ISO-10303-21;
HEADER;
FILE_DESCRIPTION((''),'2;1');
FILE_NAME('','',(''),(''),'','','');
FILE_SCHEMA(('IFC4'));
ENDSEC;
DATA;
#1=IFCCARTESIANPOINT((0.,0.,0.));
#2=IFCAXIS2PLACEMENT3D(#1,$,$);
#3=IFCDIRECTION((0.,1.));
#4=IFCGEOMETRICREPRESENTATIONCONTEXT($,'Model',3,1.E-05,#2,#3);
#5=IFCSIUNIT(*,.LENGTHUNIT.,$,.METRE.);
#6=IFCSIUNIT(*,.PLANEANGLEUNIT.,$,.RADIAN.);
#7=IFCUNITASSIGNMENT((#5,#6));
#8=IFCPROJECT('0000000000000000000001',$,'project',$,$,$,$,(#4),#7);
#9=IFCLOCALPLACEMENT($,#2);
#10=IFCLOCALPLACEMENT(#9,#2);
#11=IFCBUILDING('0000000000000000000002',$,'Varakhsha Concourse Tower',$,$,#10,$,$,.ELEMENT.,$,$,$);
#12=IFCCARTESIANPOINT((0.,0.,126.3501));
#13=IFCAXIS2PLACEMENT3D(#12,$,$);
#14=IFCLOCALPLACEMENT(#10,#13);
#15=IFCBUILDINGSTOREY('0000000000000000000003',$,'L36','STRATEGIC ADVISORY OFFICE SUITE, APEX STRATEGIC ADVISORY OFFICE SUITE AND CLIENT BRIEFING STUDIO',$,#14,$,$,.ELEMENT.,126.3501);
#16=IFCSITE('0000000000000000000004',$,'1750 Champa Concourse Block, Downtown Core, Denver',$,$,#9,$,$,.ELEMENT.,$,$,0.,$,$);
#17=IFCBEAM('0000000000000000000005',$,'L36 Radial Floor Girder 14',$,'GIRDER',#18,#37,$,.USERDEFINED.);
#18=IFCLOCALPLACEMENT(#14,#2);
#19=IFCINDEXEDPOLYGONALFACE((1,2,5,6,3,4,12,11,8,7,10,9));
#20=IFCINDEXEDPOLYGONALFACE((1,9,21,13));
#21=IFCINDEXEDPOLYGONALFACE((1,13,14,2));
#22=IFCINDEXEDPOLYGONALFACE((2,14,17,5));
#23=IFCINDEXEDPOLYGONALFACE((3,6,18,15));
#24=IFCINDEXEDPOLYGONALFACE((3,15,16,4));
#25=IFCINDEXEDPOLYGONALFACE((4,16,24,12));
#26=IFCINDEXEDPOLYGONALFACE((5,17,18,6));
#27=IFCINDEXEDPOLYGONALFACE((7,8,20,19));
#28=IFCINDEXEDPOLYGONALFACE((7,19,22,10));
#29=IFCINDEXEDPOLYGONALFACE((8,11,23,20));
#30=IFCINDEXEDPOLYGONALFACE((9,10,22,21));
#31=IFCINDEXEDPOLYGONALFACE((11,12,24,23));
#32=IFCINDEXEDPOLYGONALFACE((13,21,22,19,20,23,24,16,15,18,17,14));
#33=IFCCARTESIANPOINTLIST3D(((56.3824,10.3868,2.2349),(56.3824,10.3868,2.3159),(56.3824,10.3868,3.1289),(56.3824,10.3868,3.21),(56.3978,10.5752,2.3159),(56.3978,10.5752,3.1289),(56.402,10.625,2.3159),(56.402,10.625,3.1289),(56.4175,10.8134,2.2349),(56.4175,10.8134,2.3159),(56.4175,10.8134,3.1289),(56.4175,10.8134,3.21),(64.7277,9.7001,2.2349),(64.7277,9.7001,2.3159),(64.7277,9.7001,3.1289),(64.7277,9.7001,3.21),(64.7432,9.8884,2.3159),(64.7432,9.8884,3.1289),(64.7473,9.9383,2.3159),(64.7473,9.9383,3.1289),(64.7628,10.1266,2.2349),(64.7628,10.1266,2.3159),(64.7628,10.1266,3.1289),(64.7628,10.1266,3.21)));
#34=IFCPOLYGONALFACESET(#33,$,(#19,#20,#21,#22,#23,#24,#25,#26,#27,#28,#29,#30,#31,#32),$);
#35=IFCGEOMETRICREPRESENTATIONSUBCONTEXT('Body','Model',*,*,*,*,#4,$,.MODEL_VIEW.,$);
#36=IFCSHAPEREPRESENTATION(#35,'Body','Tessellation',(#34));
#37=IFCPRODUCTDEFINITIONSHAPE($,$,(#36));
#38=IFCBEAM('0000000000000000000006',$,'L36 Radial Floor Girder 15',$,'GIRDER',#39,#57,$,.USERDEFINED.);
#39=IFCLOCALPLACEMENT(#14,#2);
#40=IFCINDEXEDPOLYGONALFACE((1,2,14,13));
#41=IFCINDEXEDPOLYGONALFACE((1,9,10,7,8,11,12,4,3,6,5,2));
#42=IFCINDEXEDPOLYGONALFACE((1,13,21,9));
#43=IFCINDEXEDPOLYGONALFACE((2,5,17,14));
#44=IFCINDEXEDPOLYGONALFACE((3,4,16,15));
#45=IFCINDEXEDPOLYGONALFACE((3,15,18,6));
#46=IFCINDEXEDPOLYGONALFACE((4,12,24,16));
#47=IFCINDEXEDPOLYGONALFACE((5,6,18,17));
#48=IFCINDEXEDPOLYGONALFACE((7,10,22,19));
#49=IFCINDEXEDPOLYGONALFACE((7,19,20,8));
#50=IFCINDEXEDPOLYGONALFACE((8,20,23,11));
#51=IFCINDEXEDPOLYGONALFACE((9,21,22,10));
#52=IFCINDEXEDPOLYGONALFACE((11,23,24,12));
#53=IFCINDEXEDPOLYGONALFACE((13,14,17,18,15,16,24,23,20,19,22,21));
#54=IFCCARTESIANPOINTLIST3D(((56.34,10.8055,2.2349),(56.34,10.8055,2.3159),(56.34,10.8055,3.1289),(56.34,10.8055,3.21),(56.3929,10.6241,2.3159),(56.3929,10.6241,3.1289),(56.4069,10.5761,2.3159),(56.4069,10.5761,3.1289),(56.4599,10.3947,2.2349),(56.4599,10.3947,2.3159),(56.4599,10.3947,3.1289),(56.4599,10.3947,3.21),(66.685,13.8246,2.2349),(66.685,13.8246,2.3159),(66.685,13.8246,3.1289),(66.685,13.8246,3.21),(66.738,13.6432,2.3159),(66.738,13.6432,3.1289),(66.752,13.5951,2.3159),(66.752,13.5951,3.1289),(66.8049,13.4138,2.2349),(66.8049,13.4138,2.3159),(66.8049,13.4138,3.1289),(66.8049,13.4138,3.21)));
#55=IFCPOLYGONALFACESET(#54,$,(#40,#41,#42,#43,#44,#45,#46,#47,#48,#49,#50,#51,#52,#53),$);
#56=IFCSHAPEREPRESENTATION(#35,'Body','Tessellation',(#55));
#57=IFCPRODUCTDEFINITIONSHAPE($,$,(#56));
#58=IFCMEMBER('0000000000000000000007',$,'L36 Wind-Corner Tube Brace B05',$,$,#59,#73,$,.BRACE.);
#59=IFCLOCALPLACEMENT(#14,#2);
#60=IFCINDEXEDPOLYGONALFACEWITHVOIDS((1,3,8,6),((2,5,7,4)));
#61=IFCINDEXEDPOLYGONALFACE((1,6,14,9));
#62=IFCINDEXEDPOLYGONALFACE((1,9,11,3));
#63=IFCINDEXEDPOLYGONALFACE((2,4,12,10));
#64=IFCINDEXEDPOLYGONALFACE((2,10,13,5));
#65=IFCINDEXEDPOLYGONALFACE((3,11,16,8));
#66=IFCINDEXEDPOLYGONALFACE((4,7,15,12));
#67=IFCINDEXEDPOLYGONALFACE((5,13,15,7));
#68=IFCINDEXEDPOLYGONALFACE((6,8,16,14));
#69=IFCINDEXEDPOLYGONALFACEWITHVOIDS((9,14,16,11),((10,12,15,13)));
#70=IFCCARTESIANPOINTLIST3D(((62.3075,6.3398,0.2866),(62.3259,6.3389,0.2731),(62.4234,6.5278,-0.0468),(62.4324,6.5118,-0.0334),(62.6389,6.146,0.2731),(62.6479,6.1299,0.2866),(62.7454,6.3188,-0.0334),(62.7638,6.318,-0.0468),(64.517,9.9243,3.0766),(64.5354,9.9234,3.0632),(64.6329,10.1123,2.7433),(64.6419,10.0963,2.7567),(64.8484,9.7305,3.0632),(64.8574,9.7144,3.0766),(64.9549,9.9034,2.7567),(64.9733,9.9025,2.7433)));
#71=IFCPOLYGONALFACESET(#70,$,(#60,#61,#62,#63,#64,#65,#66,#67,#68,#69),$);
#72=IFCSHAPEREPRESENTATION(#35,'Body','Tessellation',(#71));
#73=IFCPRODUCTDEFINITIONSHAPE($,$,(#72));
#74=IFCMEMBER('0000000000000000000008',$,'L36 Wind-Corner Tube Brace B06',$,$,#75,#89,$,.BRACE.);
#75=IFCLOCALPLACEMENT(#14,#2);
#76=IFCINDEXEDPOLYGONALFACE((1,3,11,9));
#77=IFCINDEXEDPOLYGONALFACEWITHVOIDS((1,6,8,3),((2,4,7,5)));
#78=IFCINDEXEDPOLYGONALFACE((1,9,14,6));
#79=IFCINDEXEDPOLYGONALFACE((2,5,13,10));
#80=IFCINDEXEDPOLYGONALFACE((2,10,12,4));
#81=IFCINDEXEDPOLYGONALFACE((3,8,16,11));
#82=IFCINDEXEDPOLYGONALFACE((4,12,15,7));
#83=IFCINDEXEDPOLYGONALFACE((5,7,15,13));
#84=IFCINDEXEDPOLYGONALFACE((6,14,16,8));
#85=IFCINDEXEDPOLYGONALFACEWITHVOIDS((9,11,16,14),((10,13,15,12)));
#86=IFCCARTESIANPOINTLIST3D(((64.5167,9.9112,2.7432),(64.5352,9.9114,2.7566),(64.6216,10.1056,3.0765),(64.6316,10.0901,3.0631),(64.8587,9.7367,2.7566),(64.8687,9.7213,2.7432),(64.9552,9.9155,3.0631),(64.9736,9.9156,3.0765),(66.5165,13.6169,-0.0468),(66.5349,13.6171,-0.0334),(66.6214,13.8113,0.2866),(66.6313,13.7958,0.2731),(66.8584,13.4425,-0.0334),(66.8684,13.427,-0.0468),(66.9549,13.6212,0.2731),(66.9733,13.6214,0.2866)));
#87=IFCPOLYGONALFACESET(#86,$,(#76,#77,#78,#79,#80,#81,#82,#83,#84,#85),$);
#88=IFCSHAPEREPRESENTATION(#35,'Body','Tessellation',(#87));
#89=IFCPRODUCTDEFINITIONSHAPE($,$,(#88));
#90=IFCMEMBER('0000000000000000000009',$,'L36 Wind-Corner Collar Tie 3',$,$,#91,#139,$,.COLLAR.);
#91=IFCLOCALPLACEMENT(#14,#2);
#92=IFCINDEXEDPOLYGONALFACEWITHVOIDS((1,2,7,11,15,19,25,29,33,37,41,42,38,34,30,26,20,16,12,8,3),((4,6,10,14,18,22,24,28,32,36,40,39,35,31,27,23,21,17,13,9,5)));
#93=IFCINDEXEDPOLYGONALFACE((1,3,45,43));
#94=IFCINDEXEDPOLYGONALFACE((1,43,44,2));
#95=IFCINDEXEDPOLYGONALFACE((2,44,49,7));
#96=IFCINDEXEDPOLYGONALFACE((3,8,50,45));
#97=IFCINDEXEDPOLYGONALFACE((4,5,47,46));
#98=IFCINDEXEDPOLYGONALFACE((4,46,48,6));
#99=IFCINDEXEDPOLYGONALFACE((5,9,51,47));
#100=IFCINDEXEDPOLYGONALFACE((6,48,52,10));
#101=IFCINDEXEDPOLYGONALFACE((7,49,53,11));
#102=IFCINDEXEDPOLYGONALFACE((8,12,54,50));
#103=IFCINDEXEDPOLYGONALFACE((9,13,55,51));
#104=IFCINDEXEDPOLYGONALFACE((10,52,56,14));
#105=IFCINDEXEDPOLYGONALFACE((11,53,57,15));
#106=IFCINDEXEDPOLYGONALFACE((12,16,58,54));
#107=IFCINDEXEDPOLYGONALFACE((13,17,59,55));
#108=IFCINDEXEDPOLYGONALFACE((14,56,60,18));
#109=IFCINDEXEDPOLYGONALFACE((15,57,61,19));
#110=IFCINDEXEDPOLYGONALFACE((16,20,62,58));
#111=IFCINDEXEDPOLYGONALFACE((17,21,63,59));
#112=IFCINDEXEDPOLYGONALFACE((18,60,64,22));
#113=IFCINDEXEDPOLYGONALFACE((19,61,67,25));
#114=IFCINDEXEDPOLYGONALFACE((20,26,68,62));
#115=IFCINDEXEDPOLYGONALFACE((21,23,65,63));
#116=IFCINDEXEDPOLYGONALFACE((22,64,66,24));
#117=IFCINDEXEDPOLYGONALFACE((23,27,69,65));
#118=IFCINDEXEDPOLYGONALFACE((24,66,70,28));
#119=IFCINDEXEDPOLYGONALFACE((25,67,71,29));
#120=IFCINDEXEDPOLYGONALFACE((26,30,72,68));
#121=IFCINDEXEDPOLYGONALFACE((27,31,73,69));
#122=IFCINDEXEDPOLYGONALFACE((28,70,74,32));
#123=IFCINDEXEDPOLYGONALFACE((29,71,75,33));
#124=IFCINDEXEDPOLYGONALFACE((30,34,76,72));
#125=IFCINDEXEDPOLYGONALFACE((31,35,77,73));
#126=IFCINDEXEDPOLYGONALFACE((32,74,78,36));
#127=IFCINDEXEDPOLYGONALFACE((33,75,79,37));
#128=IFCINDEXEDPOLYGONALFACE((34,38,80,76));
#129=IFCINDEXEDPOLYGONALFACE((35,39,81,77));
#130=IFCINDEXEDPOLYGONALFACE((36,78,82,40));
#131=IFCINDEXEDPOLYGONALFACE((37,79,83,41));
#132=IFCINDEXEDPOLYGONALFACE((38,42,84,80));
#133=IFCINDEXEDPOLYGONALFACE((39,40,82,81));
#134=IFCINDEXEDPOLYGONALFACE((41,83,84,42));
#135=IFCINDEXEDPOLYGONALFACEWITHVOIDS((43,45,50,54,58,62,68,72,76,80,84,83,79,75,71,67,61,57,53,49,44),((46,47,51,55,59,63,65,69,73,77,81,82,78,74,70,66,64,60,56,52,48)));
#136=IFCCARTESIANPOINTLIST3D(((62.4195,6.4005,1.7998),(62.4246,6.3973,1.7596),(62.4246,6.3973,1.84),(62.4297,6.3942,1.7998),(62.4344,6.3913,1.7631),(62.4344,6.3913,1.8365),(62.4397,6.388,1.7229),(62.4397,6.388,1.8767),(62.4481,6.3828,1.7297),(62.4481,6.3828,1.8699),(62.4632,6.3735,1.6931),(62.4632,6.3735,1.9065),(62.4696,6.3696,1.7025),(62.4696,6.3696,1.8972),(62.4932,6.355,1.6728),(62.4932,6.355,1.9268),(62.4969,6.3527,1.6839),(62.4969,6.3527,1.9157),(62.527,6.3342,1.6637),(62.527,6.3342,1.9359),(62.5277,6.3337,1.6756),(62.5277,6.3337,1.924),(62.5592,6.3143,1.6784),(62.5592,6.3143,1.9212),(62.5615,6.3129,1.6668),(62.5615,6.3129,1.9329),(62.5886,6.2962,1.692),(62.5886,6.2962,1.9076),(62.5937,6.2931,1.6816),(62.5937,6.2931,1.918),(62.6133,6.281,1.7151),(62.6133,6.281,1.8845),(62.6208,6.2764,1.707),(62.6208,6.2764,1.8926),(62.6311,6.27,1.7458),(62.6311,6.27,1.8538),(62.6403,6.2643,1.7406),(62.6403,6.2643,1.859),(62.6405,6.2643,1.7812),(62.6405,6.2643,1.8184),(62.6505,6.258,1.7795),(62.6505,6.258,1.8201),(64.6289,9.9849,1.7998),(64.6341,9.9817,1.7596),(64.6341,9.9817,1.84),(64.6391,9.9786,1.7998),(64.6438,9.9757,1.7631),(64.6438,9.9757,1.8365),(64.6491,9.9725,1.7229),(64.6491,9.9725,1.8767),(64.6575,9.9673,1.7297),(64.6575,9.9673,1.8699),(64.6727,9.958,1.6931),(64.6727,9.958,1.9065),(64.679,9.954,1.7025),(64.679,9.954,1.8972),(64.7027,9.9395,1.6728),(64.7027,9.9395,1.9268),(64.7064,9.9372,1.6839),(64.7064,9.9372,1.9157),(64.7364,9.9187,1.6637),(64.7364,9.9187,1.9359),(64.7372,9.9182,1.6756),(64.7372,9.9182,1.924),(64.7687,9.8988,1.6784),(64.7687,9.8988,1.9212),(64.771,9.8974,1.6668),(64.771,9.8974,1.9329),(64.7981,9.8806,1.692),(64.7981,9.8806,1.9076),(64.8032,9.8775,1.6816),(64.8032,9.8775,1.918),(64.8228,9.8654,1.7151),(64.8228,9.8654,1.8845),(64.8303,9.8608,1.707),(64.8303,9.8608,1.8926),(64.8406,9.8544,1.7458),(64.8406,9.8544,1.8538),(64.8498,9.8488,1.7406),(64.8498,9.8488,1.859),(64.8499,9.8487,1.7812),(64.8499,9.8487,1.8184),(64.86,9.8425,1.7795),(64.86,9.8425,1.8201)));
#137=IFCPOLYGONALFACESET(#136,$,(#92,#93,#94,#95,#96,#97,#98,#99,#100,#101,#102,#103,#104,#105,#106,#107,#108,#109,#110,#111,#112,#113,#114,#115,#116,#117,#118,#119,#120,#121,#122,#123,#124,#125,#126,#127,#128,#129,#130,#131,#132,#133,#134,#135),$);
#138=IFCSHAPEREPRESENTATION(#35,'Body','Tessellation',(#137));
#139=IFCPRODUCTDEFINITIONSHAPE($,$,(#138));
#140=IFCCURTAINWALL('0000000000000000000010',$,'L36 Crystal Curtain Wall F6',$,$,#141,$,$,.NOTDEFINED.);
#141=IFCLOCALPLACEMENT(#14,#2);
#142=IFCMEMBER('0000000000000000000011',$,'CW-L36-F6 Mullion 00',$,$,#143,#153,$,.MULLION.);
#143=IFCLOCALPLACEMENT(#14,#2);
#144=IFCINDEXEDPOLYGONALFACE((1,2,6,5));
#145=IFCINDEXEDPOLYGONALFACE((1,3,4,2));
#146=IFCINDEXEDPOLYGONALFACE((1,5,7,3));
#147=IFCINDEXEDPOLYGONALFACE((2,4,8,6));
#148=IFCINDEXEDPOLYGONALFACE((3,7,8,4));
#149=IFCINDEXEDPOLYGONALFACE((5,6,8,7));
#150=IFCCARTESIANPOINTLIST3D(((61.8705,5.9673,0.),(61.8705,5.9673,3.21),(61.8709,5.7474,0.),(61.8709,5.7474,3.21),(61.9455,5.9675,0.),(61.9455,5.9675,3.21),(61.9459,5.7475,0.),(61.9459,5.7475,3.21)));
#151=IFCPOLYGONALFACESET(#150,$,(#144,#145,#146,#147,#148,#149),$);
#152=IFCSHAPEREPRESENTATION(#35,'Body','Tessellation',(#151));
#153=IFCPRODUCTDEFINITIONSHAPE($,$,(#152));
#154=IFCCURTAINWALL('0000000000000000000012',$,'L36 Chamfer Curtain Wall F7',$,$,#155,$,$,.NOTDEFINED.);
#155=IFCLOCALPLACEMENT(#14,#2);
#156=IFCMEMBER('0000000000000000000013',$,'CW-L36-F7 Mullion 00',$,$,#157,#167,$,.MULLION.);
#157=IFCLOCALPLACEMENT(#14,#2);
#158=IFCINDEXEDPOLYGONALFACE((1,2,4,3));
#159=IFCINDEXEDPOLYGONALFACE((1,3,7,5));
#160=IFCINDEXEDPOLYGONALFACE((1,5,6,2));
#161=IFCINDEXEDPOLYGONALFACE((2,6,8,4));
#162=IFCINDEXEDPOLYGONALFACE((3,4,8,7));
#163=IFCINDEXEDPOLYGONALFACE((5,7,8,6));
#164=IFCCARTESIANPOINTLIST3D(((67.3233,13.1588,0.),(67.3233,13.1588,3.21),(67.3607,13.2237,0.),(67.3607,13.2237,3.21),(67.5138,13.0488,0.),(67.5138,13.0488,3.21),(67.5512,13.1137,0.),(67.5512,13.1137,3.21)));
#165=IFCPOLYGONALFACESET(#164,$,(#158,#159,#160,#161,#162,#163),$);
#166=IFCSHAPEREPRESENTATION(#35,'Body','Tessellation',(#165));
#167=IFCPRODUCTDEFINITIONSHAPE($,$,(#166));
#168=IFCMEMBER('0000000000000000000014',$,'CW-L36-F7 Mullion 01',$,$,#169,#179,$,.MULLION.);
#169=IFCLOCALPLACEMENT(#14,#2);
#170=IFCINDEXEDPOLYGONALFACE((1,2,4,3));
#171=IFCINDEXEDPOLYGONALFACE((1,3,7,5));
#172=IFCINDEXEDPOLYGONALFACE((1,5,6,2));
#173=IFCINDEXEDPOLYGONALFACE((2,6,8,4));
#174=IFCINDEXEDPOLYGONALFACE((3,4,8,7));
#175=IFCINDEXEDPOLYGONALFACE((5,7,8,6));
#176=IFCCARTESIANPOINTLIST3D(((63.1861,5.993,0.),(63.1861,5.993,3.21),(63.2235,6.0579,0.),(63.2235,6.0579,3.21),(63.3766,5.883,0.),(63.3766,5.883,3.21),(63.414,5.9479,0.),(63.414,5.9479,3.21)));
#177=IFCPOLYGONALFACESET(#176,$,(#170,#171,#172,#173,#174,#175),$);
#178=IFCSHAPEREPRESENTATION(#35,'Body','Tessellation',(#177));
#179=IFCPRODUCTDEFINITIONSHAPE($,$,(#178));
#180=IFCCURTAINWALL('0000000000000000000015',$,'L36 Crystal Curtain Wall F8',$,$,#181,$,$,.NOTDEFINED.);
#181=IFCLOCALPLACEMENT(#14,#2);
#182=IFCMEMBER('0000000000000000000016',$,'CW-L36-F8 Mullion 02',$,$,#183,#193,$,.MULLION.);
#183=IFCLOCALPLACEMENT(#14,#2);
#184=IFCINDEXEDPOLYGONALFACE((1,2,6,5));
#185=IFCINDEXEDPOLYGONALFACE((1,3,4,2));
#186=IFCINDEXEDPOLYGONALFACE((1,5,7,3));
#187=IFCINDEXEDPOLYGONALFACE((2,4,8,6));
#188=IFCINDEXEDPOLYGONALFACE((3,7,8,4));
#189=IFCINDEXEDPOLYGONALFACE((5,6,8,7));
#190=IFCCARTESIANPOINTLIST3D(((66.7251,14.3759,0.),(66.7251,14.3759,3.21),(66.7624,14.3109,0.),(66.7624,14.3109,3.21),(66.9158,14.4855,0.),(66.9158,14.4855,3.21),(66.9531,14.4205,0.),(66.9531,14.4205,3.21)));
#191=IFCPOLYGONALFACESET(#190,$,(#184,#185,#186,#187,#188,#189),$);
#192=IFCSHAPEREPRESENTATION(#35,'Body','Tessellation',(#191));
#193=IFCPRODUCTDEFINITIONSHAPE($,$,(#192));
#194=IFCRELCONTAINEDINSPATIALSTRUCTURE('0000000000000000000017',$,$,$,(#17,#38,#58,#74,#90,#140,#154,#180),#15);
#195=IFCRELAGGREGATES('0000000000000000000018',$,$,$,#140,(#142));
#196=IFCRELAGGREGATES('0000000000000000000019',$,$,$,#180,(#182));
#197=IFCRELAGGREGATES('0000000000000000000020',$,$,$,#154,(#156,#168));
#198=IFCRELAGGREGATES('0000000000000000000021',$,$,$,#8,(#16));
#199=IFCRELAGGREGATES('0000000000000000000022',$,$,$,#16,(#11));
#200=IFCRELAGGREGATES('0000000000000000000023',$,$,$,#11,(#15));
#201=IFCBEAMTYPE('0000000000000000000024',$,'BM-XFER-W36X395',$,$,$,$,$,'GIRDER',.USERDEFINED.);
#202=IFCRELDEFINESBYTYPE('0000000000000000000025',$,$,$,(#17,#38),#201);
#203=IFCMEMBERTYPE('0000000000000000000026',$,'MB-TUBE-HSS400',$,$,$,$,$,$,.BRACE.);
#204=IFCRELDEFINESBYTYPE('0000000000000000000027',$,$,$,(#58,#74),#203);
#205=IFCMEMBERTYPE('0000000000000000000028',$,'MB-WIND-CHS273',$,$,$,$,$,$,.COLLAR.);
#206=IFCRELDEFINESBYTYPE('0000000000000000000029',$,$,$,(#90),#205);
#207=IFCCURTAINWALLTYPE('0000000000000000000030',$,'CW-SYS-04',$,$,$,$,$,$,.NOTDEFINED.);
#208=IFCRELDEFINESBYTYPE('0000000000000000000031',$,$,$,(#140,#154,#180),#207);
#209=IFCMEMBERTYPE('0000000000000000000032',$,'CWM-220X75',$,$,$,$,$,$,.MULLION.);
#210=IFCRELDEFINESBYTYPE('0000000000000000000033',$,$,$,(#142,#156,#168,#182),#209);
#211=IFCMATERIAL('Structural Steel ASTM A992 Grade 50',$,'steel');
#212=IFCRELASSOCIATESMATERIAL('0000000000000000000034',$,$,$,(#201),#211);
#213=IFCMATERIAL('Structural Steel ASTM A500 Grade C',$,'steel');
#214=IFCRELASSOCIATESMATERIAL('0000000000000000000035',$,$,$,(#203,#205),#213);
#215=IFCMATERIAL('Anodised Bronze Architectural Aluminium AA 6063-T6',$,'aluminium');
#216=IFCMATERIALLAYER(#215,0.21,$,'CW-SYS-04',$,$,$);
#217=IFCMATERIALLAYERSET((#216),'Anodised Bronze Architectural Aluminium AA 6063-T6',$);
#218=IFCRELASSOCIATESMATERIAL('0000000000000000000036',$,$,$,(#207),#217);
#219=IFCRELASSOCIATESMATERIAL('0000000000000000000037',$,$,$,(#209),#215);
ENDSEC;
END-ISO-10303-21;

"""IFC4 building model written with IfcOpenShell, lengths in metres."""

from ifc_helpers import new_model, si_unit, direction, frame, origin, origin_2d, place, context, subcontext, project, spatial, rectangle, hollow_rectangle, hollow_circle, i_section, extrude, source, transform, mapped, material, layer, layer_set, material_profile, profile_set, type_object, type_shapes, element, aggregate, save


model = new_model("IFC4")

# Units and contexts
model_context = context("Model", 3, precision=1e-05, world=origin(), true_north=direction((0.0, 1.0)))
body_context = subcontext(model_context, "Body", "Model", "MODEL_VIEW")
ifc_project = project(units=[si_unit("LENGTHUNIT", "METRE"), si_unit("PLANEANGLEUNIT", "RADIAN")], contexts=[model_context])

# Site, building, storey
site_placement = place(None, origin())
site = spatial("IfcSite", under=ifc_project, at=site_placement, Name="1750 Champa Concourse Block, Downtown Core, Denver", CompositionType="ELEMENT", RefElevation=0.0)
building_placement = place(site_placement, origin())
building = spatial("IfcBuilding", under=site, at=building_placement, Name="Varakhsha Concourse Tower", CompositionType="ELEMENT")
storey_placement = place(building_placement, frame((0.0, 0.0, 126.3501)))
storey = spatial("IfcBuildingStorey", under=building, at=storey_placement, Name="L36", Description="STRATEGIC ADVISORY OFFICE SUITE, APEX STRATEGIC ADVISORY OFFICE SUITE AND CLIENT BRIEFING STUDIO", CompositionType="ELEMENT", Elevation=126.3501)

# Beams
ifc_material_1 = material(Name="Structural Steel ASTM A992 Grade 50", Category="steel")
ifc_material_profile_1 = material_profile(ifc_material_1, i_section(OverallWidth=0.428, OverallDepth=0.9751, WebThickness=0.05, FlangeThickness=0.0811, at=origin_2d()), Name="W36X395")
ifc_profile_set_1 = profile_set([ifc_material_profile_1], Name="Structural Steel ASTM A992 Grade 50")
beam_type_1 = type_object("IfcBeamType", Name="BM-XFER-W36X395", ElementType="GIRDER", PredefinedType="USERDEFINED", material=ifc_profile_set_1)
beam_1_placement = place(storey_placement, frame((56.3999, 10.6001, 2.7224), z_axis=(0.996631, -0.082018, 0.0), x_axis=(0.082018, 0.996631, 0.0)))
element("IfcBeam", 1, at=beam_1_placement, inside=storey, type_object=beam_type_1, Name="L36 Radial Floor Girder 14", ObjectType="GIRDER", PredefinedType="USERDEFINED", context=body_context, shape_type="SweptSolid", body=[
    extrude(i_section(OverallWidth=0.428, OverallDepth=0.9751, WebThickness=0.05, FlangeThickness=0.0811, at=origin_2d()), origin(), (0.0, 0.0, 1.0), 8.3735),
])
beam_2_placement = place(storey_placement, frame((56.3999, 10.6001, 2.7224), z_axis=(0.959956, 0.28015, 0.0), x_axis=(-0.28015, 0.959956, 0.0)))
element("IfcBeam", 2, at=beam_2_placement, inside=storey, type_object=beam_type_1, Name="L36 Radial Floor Girder 15", ObjectType="GIRDER", PredefinedType="USERDEFINED", context=body_context, shape_type="SweptSolid", body=[
    extrude(i_section(OverallWidth=0.428, OverallDepth=0.9751, WebThickness=0.05, FlangeThickness=0.0811, at=origin_2d()), origin(), (0.0, 0.0, 1.0), 10.7766),
])

# Members
ifc_material_2 = material(Name="Structural Steel ASTM A500 Grade C", Category="steel")
ifc_material_profile_2 = material_profile(ifc_material_2, hollow_rectangle(XDim=0.3999, YDim=0.3999, WallThickness=0.0161, at=origin_2d()), Name="HSS 400x400x16")
ifc_profile_set_2 = profile_set([ifc_material_profile_2], Name="Structural Steel ASTM A500 Grade C")
member_type_1 = type_object("IfcMemberType", Name="MB-TUBE-HSS400", PredefinedType="BRACE", material=ifc_profile_set_2)
shared_shape_1 = source(origin(), body_context, "Body", "SweptSolid", [
    extrude(hollow_rectangle(XDim=0.3999, YDim=0.3999, WallThickness=0.0161, at=origin_2d()), origin(), (0.0, 0.0, 1.0), 5.0513),
])
type_shapes(member_type_1, [shared_shape_1])
for number, where, z_axis, x_axis, name in (
    (3, (62.5356, 6.3289, 0.1199), (0.437416, 0.709629, 0.552353), (-0.851272, 0.524725, 0.0), "L36 Wind-Corner Tube Brace B05"),
    (4, (66.7449, 13.6191, 0.1199), (-0.395884, -0.733624, 0.552333), (0.880043, -0.474895, 0.0), "L36 Wind-Corner Tube Brace B06"),
):
    element("IfcMember", number, at=place(storey_placement, frame(where, z_axis=z_axis, x_axis=x_axis)), inside=storey, type_object=member_type_1, Name=name, PredefinedType="BRACE", context=body_context, shape_type="MappedRepresentation", body=[
        mapped(shared_shape_1, transform((0.0, 0.0, 0.0), scale=1.0)),
    ])
ifc_material_profile_3 = material_profile(ifc_material_2, hollow_circle(Radius=0.1365, WallThickness=0.012, at=origin_2d()), Name="CHS 273x12")
ifc_profile_set_3 = profile_set([ifc_material_profile_3], Name="Structural Steel ASTM A500 Grade C")
member_type_2 = type_object("IfcMemberType", Name="MB-WIND-CHS273", PredefinedType="COLLAR", material=ifc_profile_set_3)
shared_shape_2 = source(origin(), body_context, "Body", "SweptSolid", [
    extrude(hollow_circle(Radius=0.1365, WallThickness=0.012, at=origin_2d()), origin(), (0.0, 0.0, 1.0), 4.2107),
])
type_shapes(member_type_2, [shared_shape_2])
member_1_placement = place(storey_placement, frame((62.5356, 6.3289, 1.7998), z_axis=(0.524725, 0.851272, 0.0), x_axis=(-0.851272, 0.524725, 0.0)))
element("IfcMember", 5, at=member_1_placement, inside=storey, type_object=member_type_2, Name="L36 Wind-Corner Collar Tie 3", PredefinedType="COLLAR", context=body_context, shape_type="MappedRepresentation", body=[
    mapped(shared_shape_2, transform((0.0, 0.0, 0.0), scale=1.0)),
])

# Curtain wall, member
ifc_material_3 = material(Name="Anodised Bronze Architectural Aluminium AA 6063-T6", Category="aluminium")
ifc_layer_1 = layer(ifc_material_3, 0.21, Name="CW-SYS-04")
ifc_layer_set_1 = layer_set([ifc_layer_1], Name="Anodised Bronze Architectural Aluminium AA 6063-T6")
curtain_wall_type = type_object("IfcCurtainWallType", Name="CW-SYS-04", PredefinedType="NOTDEFINED", material=ifc_layer_set_1)
curtain_wall_1_placement = place(storey_placement, origin())
curtain_wall_1 = element("IfcCurtainWall", 6, at=curtain_wall_1_placement, inside=storey, type_object=curtain_wall_type, Name="L36 Crystal Curtain Wall F6", PredefinedType="NOTDEFINED")
ifc_material_profile_4 = material_profile(ifc_material_3, rectangle(XDim=0.075, YDim=0.22, at=origin_2d()), Name="CWM-220X75")
ifc_profile_set_4 = profile_set([ifc_material_profile_4], Name="Anodised Bronze Architectural Aluminium AA 6063-T6")
member_type_3 = type_object("IfcMemberType", Name="CWM-220X75", PredefinedType="MULLION", material=ifc_profile_set_4)
shared_shape_3 = source(origin(), body_context, "Body", "SweptSolid", [
    extrude(rectangle(XDim=0.075, YDim=0.22, at=origin_2d()), origin(), (0.0, 0.0, 1.0), 3.21),
])
type_shapes(member_type_3, [shared_shape_3])
member_2_placement = place(storey_placement, frame((61.9082, 5.8574, 0.0), z_axis=(0.0, 0.0, 1.0), x_axis=(-0.999998, -0.001745, 0.0)))
member_2 = element("IfcMember", 7, at=member_2_placement, type_object=member_type_3, Name="CW-L36-F6 Mullion 00", PredefinedType="MULLION", context=body_context, shape_type="MappedRepresentation", body=[
    mapped(shared_shape_3, transform((0.0, 0.0, 0.0), scale=1.0)),
])

# Curtain wall, members
curtain_wall_2_placement = place(storey_placement, origin())
curtain_wall_2 = element("IfcCurtainWall", 8, at=curtain_wall_2_placement, inside=storey, type_object=curtain_wall_type, Name="L36 Chamfer Curtain Wall F7", PredefinedType="NOTDEFINED")
member_3_placement = place(storey_placement, frame((67.4373, 13.1362, 0.0), z_axis=(0.0, 0.0, 1.0), x_axis=(-0.500002, -0.866025, 0.0)))
member_3 = element("IfcMember", 9, at=member_3_placement, type_object=member_type_3, Name="CW-L36-F7 Mullion 00", PredefinedType="MULLION", context=body_context, shape_type="MappedRepresentation", body=[
    mapped(shared_shape_3, transform((0.0, 0.0, 0.0), scale=1.0)),
])
member_4_placement = place(storey_placement, frame((63.3, 5.9705, 0.0), z_axis=(0.0, 0.0, 1.0), x_axis=(-0.500002, -0.866025, 0.0)))
member_4 = element("IfcMember", 10, at=member_4_placement, type_object=member_type_3, Name="CW-L36-F7 Mullion 01", PredefinedType="MULLION", context=body_context, shape_type="MappedRepresentation", body=[
    mapped(shared_shape_3, transform((0.0, 0.0, 0.0), scale=1.0)),
])

# Curtain wall, member
curtain_wall_3_placement = place(storey_placement, origin())
curtain_wall_3 = element("IfcCurtainWall", 11, at=curtain_wall_3_placement, inside=storey, type_object=curtain_wall_type, Name="L36 Crystal Curtain Wall F8", PredefinedType="NOTDEFINED")
member_5_placement = place(storey_placement, frame((66.8391, 14.3982, 0.0), z_axis=(0.0, 0.0, 1.0), x_axis=(0.498489, -0.866896, 0.0)))
member_5 = element("IfcMember", 12, at=member_5_placement, type_object=member_type_3, Name="CW-L36-F8 Mullion 02", PredefinedType="MULLION", context=body_context, shape_type="MappedRepresentation", body=[
    mapped(shared_shape_3, transform((0.0, 0.0, 0.0), scale=1.0)),
])

aggregate(curtain_wall_1, [member_2])
aggregate(curtain_wall_3, [member_5])
aggregate(curtain_wall_2, [member_3, member_4])

save(model, "model.ifc")
